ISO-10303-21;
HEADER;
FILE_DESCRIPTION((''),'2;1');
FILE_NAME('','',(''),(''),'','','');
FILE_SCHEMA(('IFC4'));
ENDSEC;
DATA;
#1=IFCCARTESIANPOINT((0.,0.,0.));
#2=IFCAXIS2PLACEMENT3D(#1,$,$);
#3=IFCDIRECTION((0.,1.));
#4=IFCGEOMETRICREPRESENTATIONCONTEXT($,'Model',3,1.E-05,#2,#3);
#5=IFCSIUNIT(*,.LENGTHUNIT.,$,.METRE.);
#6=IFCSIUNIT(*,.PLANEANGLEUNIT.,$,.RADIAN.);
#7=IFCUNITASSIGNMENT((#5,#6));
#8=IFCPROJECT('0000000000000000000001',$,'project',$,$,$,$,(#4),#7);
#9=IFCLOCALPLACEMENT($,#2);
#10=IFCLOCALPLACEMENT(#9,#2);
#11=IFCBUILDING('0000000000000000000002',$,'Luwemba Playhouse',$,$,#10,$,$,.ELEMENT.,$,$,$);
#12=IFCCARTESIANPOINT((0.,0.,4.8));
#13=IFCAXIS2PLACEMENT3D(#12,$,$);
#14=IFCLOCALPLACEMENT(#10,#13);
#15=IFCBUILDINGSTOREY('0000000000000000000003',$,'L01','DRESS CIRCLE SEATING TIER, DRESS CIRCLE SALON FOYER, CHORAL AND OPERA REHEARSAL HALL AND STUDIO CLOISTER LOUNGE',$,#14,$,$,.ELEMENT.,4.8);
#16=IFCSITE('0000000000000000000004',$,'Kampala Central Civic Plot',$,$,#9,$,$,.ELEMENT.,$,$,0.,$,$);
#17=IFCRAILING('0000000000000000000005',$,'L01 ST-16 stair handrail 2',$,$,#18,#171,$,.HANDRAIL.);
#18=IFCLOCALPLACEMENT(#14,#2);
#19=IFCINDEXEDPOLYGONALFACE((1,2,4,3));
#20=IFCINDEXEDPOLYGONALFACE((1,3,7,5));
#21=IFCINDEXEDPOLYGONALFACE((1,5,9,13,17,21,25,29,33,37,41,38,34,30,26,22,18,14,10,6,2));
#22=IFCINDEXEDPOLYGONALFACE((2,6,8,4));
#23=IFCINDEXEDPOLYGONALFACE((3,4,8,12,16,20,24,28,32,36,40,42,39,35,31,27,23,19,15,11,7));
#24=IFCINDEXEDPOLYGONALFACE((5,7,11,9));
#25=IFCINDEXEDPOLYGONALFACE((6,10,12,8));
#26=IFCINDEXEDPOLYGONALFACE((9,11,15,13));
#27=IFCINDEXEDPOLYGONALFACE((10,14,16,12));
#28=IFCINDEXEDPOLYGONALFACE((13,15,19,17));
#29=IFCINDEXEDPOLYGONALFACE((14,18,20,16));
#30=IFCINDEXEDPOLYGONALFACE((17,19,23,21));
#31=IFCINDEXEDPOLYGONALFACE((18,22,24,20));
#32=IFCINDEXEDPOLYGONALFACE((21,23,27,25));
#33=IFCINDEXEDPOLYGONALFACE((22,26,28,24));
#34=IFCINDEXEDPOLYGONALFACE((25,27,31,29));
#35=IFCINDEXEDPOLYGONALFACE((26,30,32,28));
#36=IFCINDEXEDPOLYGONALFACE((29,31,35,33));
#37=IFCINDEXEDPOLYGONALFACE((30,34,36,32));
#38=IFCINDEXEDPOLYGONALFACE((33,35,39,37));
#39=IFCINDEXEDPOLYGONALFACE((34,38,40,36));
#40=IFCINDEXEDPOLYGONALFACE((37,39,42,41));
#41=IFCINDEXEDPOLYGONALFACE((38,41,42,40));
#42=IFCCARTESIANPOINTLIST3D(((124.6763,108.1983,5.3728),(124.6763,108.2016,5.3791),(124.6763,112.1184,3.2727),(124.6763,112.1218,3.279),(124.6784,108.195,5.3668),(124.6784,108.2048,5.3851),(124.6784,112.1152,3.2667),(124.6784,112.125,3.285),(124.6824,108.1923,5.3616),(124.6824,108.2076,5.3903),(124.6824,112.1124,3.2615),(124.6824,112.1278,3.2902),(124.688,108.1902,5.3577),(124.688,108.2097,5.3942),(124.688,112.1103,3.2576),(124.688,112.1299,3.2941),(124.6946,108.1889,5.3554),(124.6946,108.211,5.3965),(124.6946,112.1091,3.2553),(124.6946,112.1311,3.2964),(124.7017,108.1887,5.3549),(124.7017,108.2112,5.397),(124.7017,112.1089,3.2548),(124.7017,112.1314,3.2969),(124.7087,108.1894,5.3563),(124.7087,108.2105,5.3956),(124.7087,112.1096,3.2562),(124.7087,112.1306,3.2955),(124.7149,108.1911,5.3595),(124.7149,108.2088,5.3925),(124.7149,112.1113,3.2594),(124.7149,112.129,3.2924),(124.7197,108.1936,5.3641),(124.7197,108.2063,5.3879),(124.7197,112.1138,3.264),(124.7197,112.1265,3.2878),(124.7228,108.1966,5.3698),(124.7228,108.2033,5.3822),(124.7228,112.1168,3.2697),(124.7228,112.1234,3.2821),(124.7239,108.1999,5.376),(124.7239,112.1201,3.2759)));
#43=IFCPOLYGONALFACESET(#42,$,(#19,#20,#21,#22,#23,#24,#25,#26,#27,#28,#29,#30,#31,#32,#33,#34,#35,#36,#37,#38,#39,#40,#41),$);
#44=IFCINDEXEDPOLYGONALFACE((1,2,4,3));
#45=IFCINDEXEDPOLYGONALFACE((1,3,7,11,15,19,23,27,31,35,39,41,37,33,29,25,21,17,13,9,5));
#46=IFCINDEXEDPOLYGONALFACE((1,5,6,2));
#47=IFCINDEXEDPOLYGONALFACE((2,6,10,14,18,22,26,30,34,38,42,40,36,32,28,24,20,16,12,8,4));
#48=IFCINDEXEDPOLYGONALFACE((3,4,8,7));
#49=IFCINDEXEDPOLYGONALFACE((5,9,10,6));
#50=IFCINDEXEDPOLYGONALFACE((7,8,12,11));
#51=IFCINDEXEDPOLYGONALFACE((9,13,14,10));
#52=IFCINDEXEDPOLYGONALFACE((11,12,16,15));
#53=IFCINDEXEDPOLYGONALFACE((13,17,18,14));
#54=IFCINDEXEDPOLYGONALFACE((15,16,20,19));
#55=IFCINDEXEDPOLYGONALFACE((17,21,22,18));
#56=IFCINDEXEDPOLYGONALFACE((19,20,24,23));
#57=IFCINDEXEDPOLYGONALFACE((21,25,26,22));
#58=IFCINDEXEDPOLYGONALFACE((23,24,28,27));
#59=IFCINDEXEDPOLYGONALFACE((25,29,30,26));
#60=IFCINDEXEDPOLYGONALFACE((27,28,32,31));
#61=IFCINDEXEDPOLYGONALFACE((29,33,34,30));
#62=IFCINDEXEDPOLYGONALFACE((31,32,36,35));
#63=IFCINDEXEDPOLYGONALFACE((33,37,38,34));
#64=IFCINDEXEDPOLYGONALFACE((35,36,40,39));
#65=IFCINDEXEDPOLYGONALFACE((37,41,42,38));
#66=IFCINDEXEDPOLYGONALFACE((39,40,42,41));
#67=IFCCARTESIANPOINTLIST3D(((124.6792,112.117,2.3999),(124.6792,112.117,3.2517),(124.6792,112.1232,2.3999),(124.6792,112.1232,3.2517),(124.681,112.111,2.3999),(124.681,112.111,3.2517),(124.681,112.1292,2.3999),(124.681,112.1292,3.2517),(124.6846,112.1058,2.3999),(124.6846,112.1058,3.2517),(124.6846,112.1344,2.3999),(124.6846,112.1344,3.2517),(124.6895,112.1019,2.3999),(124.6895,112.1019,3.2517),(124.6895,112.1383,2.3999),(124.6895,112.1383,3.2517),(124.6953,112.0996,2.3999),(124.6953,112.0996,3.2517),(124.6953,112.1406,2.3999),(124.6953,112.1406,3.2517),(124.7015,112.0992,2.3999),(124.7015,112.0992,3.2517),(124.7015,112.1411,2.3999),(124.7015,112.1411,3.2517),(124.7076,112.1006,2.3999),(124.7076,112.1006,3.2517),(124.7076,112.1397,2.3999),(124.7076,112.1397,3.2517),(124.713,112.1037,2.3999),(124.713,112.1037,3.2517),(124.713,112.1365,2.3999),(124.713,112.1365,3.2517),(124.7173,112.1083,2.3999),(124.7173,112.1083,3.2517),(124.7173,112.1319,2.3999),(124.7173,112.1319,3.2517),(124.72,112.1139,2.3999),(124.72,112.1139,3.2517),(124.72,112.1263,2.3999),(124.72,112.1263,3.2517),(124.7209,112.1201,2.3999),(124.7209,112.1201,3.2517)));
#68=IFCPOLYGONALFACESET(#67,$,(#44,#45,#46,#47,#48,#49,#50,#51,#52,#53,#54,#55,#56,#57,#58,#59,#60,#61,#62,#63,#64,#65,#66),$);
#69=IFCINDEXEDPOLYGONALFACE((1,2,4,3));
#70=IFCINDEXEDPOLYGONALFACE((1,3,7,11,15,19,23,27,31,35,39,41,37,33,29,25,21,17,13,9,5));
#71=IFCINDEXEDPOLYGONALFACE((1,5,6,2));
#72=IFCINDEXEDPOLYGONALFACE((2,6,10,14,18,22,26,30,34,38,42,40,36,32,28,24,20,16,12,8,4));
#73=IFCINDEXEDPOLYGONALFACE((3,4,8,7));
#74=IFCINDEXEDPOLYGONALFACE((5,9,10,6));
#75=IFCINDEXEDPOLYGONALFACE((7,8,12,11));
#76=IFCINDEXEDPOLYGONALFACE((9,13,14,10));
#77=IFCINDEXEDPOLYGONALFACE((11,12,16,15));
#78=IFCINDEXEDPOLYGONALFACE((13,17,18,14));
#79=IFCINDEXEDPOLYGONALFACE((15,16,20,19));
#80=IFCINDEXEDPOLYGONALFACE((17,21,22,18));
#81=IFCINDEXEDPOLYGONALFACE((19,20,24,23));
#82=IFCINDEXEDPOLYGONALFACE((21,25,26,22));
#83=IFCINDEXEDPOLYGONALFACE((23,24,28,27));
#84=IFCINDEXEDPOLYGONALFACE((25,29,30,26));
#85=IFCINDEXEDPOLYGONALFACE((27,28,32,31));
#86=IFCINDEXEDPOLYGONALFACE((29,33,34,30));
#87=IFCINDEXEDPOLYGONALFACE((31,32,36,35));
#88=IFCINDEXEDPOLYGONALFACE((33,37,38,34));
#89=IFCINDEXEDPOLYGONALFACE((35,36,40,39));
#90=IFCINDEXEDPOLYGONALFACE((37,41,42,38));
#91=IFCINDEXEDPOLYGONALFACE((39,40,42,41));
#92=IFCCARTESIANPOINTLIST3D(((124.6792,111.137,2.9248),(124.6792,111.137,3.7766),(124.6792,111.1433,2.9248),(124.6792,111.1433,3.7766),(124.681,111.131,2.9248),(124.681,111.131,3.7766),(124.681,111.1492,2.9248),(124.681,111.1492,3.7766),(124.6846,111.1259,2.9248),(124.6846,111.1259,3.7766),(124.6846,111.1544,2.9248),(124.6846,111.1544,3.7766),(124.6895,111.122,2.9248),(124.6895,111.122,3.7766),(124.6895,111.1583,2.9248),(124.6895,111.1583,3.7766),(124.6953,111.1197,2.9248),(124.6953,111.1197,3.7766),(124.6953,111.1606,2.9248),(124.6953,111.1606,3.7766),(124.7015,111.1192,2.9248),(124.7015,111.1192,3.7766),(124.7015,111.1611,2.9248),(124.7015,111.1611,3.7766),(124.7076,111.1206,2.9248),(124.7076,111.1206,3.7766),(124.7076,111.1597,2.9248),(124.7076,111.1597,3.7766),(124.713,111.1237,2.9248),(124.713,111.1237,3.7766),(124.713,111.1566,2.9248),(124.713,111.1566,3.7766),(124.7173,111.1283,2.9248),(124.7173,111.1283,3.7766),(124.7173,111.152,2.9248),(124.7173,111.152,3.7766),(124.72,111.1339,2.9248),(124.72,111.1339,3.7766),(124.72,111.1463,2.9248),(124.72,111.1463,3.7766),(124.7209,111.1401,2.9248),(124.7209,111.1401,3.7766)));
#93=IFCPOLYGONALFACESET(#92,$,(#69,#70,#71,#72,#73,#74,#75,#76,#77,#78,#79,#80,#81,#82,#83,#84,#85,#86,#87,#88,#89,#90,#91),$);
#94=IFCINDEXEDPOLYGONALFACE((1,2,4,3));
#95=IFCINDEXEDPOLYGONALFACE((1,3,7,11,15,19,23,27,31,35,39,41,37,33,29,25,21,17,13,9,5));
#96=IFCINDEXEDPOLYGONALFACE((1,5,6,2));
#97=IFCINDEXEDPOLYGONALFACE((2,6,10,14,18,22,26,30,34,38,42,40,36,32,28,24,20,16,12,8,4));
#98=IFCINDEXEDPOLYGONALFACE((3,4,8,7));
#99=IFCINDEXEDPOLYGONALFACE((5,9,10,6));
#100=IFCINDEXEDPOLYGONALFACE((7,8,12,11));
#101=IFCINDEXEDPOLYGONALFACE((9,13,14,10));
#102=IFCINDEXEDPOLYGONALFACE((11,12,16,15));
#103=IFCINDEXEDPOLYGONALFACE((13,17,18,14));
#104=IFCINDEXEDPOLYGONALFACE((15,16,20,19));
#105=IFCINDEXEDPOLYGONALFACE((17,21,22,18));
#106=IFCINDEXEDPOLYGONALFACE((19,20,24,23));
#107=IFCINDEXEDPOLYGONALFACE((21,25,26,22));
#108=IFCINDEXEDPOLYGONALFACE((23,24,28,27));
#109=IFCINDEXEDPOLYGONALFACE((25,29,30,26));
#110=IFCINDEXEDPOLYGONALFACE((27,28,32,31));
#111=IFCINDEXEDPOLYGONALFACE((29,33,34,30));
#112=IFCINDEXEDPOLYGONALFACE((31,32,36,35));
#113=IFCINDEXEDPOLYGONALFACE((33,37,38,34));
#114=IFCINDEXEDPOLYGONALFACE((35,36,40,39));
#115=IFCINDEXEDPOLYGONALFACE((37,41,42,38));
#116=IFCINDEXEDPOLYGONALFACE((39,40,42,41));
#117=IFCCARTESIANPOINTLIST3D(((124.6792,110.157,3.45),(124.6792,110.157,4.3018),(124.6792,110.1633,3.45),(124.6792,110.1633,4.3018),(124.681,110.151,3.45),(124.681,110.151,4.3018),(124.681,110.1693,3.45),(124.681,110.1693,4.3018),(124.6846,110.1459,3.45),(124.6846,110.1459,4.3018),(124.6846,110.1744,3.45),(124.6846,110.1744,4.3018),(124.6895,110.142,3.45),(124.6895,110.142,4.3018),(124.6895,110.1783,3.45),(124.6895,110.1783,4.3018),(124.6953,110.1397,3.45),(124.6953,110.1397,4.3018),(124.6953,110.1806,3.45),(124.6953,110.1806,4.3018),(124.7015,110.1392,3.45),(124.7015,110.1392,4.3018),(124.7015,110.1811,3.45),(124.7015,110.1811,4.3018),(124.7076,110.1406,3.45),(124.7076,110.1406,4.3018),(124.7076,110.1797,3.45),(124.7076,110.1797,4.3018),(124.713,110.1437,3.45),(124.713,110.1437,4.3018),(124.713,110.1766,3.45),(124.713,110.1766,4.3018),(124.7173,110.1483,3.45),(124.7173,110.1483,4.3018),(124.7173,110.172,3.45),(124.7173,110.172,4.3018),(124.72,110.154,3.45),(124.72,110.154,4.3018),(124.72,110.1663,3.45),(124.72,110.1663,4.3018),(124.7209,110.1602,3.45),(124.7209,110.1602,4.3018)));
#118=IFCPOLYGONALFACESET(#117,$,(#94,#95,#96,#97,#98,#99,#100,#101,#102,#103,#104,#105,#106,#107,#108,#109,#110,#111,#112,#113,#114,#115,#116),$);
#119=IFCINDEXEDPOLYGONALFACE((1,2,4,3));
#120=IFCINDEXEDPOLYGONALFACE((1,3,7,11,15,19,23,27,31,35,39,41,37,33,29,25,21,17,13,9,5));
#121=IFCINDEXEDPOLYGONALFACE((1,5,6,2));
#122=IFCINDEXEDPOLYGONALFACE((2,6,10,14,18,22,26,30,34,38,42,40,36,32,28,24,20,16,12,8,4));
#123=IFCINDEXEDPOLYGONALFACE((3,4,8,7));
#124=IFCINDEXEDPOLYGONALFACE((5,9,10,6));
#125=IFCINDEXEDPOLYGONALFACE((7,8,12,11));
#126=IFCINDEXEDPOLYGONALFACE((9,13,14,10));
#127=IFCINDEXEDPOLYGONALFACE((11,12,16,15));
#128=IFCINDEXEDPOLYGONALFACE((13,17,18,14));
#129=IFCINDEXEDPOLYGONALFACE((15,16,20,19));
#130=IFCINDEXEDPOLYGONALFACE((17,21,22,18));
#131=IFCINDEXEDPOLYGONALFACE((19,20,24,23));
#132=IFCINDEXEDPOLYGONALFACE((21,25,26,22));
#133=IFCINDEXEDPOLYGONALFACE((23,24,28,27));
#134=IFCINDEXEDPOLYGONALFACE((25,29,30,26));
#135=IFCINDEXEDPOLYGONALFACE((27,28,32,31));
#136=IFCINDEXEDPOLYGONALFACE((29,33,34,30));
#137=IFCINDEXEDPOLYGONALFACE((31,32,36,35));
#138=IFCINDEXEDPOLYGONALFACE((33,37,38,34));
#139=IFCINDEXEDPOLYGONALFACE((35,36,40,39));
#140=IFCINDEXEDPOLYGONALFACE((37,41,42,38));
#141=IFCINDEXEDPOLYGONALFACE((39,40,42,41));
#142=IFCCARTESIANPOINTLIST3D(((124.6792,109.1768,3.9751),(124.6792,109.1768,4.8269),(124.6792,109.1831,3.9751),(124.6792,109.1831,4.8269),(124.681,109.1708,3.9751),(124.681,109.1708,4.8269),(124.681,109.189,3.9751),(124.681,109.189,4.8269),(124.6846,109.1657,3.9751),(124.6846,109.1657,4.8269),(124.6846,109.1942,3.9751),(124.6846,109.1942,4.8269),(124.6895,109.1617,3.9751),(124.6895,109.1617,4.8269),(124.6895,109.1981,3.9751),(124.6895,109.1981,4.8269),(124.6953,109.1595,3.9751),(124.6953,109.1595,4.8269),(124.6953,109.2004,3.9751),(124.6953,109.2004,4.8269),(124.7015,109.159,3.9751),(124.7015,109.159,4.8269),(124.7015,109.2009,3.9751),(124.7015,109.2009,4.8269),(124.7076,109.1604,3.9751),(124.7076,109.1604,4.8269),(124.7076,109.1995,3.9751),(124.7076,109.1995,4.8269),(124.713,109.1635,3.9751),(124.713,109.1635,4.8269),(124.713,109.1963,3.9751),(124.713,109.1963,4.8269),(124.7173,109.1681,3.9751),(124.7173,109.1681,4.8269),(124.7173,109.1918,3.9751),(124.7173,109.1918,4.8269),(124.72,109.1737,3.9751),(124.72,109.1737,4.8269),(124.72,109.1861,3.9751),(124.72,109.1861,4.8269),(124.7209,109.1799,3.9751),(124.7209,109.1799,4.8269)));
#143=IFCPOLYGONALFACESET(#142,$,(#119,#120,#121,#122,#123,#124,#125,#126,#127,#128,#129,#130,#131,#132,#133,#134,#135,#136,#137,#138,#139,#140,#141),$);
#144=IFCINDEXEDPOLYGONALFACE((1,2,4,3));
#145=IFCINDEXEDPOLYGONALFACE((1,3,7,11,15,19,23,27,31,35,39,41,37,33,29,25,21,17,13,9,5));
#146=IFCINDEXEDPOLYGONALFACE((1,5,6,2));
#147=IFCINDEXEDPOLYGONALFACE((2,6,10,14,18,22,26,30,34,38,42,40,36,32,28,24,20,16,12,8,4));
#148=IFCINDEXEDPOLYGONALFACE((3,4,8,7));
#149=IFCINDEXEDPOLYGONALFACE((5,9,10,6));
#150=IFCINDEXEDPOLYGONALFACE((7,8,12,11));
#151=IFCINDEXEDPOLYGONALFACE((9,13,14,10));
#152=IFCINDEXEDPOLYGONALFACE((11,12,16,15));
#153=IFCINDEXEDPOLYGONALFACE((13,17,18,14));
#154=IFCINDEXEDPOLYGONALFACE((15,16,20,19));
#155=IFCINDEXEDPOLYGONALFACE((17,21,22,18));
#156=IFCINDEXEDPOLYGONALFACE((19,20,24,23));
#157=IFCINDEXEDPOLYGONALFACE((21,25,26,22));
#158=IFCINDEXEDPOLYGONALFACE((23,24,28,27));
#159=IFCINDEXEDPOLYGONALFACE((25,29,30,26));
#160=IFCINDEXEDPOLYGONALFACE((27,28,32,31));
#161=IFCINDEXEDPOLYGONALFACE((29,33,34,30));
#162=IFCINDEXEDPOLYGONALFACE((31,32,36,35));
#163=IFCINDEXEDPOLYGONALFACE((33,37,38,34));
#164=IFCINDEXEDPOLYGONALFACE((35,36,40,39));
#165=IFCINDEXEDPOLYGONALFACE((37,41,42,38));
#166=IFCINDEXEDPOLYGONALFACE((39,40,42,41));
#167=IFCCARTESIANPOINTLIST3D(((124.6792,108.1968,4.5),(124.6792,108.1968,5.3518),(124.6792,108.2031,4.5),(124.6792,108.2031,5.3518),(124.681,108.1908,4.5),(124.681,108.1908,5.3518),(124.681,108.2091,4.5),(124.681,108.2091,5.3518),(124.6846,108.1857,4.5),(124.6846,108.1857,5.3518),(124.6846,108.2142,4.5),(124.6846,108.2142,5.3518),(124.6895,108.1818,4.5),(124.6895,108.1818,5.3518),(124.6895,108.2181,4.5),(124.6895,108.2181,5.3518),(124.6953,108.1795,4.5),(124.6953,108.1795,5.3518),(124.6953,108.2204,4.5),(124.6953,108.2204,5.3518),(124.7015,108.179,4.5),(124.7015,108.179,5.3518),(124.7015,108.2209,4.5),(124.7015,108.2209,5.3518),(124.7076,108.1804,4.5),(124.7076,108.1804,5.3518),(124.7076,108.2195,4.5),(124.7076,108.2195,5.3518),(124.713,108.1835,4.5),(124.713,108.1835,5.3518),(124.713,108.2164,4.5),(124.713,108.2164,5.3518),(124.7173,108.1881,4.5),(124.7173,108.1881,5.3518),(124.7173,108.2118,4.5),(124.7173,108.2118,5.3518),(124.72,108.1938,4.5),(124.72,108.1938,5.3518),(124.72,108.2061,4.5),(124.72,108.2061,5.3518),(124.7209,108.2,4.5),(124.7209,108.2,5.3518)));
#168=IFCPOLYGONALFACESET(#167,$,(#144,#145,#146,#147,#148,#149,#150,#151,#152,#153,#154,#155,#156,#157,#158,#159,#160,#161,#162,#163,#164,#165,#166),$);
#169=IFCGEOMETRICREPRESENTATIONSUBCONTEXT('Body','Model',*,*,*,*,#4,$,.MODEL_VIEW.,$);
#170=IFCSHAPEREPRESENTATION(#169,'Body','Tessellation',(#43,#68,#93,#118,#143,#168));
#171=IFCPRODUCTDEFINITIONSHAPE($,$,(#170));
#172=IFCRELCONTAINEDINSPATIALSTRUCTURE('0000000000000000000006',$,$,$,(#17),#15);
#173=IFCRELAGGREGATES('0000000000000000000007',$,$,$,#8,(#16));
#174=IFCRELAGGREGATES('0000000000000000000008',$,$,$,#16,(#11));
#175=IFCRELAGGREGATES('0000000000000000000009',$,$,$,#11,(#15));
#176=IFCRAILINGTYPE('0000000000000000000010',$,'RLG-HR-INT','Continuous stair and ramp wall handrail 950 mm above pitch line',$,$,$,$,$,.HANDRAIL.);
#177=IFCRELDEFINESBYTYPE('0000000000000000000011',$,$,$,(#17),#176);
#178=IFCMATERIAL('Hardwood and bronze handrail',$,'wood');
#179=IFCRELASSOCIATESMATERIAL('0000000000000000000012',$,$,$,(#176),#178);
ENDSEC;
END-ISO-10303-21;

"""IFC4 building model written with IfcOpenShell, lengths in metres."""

from ifc_helpers import new_model, si_unit, direction, frame, origin, origin_2d, place, context, subcontext, project, spatial, circle, extrude, material, type_object, element, save


model = new_model("IFC4")

# Units and contexts
model_context = context("Model", 3, precision=1e-05, world=origin(), true_north=direction((0.0, 1.0)))
body_context = subcontext(model_context, "Body", "Model", "MODEL_VIEW")
ifc_project = project(units=[si_unit("LENGTHUNIT", "METRE"), si_unit("PLANEANGLEUNIT", "RADIAN")], contexts=[model_context])

# Site, building, storey
site_placement = place(None, origin())
site = spatial("IfcSite", under=ifc_project, at=site_placement, Name="Kampala Central Civic Plot", CompositionType="ELEMENT", RefElevation=0.0)
building_placement = place(site_placement, origin())
building = spatial("IfcBuilding", under=site, at=building_placement, Name="Luwemba Playhouse", CompositionType="ELEMENT")
storey_placement = place(building_placement, frame((0.0, 0.0, 4.8)))
storey = spatial("IfcBuildingStorey", under=building, at=storey_placement, Name="L01", Description="DRESS CIRCLE SEATING TIER, DRESS CIRCLE SALON FOYER, CHORAL AND OPERA REHEARSAL HALL AND STUDIO CLOISTER LOUNGE", CompositionType="ELEMENT", Elevation=4.8)

# Railing
ifc_material_1 = material(Name="Hardwood and bronze handrail", Category="wood")
railing_type_1 = type_object("IfcRailingType", Name="RLG-HR-INT", Description="Continuous stair and ramp wall handrail 950 mm above pitch line", PredefinedType="HANDRAIL", material=ifc_material_1)
railing_1_placement = place(storey_placement, frame((124.7, 112.1201, 2.3999)))
element("IfcRailing", 1, at=railing_1_placement, inside=storey, type_object=railing_type_1, Name="L01 ST-16 stair handrail 2", PredefinedType="HANDRAIL", context=body_context, shape_type="SweptSolid", body=[
    extrude(circle(Radius=0.0239, at=origin_2d()), frame((0.0, 0.0, 0.876), z_axis=(0.0, -0.881479, 0.472223), x_axis=(1.0, 0.0, 0.0)), (0.0, 0.0, 1.0), 4.4473),
    extrude(circle(Radius=0.021, at=origin_2d()), origin(), (0.0, 0.0, 1.0), 0.8518),
    extrude(circle(Radius=0.021, at=origin_2d()), frame((0.0, -0.98, 0.5249)), (0.0, 0.0, 1.0), 0.8518),
    extrude(circle(Radius=0.021, at=origin_2d()), frame((0.0, -1.96, 1.05)), (0.0, 0.0, 1.0), 0.8518),
    extrude(circle(Radius=0.021, at=origin_2d()), frame((0.0, -2.9402, 1.5752)), (0.0, 0.0, 1.0), 0.8518),
    extrude(circle(Radius=0.021, at=origin_2d()), frame((0.0, -3.9202, 2.1001)), (0.0, 0.0, 1.0), 0.8518),
])

save(model, "model.ifc")
